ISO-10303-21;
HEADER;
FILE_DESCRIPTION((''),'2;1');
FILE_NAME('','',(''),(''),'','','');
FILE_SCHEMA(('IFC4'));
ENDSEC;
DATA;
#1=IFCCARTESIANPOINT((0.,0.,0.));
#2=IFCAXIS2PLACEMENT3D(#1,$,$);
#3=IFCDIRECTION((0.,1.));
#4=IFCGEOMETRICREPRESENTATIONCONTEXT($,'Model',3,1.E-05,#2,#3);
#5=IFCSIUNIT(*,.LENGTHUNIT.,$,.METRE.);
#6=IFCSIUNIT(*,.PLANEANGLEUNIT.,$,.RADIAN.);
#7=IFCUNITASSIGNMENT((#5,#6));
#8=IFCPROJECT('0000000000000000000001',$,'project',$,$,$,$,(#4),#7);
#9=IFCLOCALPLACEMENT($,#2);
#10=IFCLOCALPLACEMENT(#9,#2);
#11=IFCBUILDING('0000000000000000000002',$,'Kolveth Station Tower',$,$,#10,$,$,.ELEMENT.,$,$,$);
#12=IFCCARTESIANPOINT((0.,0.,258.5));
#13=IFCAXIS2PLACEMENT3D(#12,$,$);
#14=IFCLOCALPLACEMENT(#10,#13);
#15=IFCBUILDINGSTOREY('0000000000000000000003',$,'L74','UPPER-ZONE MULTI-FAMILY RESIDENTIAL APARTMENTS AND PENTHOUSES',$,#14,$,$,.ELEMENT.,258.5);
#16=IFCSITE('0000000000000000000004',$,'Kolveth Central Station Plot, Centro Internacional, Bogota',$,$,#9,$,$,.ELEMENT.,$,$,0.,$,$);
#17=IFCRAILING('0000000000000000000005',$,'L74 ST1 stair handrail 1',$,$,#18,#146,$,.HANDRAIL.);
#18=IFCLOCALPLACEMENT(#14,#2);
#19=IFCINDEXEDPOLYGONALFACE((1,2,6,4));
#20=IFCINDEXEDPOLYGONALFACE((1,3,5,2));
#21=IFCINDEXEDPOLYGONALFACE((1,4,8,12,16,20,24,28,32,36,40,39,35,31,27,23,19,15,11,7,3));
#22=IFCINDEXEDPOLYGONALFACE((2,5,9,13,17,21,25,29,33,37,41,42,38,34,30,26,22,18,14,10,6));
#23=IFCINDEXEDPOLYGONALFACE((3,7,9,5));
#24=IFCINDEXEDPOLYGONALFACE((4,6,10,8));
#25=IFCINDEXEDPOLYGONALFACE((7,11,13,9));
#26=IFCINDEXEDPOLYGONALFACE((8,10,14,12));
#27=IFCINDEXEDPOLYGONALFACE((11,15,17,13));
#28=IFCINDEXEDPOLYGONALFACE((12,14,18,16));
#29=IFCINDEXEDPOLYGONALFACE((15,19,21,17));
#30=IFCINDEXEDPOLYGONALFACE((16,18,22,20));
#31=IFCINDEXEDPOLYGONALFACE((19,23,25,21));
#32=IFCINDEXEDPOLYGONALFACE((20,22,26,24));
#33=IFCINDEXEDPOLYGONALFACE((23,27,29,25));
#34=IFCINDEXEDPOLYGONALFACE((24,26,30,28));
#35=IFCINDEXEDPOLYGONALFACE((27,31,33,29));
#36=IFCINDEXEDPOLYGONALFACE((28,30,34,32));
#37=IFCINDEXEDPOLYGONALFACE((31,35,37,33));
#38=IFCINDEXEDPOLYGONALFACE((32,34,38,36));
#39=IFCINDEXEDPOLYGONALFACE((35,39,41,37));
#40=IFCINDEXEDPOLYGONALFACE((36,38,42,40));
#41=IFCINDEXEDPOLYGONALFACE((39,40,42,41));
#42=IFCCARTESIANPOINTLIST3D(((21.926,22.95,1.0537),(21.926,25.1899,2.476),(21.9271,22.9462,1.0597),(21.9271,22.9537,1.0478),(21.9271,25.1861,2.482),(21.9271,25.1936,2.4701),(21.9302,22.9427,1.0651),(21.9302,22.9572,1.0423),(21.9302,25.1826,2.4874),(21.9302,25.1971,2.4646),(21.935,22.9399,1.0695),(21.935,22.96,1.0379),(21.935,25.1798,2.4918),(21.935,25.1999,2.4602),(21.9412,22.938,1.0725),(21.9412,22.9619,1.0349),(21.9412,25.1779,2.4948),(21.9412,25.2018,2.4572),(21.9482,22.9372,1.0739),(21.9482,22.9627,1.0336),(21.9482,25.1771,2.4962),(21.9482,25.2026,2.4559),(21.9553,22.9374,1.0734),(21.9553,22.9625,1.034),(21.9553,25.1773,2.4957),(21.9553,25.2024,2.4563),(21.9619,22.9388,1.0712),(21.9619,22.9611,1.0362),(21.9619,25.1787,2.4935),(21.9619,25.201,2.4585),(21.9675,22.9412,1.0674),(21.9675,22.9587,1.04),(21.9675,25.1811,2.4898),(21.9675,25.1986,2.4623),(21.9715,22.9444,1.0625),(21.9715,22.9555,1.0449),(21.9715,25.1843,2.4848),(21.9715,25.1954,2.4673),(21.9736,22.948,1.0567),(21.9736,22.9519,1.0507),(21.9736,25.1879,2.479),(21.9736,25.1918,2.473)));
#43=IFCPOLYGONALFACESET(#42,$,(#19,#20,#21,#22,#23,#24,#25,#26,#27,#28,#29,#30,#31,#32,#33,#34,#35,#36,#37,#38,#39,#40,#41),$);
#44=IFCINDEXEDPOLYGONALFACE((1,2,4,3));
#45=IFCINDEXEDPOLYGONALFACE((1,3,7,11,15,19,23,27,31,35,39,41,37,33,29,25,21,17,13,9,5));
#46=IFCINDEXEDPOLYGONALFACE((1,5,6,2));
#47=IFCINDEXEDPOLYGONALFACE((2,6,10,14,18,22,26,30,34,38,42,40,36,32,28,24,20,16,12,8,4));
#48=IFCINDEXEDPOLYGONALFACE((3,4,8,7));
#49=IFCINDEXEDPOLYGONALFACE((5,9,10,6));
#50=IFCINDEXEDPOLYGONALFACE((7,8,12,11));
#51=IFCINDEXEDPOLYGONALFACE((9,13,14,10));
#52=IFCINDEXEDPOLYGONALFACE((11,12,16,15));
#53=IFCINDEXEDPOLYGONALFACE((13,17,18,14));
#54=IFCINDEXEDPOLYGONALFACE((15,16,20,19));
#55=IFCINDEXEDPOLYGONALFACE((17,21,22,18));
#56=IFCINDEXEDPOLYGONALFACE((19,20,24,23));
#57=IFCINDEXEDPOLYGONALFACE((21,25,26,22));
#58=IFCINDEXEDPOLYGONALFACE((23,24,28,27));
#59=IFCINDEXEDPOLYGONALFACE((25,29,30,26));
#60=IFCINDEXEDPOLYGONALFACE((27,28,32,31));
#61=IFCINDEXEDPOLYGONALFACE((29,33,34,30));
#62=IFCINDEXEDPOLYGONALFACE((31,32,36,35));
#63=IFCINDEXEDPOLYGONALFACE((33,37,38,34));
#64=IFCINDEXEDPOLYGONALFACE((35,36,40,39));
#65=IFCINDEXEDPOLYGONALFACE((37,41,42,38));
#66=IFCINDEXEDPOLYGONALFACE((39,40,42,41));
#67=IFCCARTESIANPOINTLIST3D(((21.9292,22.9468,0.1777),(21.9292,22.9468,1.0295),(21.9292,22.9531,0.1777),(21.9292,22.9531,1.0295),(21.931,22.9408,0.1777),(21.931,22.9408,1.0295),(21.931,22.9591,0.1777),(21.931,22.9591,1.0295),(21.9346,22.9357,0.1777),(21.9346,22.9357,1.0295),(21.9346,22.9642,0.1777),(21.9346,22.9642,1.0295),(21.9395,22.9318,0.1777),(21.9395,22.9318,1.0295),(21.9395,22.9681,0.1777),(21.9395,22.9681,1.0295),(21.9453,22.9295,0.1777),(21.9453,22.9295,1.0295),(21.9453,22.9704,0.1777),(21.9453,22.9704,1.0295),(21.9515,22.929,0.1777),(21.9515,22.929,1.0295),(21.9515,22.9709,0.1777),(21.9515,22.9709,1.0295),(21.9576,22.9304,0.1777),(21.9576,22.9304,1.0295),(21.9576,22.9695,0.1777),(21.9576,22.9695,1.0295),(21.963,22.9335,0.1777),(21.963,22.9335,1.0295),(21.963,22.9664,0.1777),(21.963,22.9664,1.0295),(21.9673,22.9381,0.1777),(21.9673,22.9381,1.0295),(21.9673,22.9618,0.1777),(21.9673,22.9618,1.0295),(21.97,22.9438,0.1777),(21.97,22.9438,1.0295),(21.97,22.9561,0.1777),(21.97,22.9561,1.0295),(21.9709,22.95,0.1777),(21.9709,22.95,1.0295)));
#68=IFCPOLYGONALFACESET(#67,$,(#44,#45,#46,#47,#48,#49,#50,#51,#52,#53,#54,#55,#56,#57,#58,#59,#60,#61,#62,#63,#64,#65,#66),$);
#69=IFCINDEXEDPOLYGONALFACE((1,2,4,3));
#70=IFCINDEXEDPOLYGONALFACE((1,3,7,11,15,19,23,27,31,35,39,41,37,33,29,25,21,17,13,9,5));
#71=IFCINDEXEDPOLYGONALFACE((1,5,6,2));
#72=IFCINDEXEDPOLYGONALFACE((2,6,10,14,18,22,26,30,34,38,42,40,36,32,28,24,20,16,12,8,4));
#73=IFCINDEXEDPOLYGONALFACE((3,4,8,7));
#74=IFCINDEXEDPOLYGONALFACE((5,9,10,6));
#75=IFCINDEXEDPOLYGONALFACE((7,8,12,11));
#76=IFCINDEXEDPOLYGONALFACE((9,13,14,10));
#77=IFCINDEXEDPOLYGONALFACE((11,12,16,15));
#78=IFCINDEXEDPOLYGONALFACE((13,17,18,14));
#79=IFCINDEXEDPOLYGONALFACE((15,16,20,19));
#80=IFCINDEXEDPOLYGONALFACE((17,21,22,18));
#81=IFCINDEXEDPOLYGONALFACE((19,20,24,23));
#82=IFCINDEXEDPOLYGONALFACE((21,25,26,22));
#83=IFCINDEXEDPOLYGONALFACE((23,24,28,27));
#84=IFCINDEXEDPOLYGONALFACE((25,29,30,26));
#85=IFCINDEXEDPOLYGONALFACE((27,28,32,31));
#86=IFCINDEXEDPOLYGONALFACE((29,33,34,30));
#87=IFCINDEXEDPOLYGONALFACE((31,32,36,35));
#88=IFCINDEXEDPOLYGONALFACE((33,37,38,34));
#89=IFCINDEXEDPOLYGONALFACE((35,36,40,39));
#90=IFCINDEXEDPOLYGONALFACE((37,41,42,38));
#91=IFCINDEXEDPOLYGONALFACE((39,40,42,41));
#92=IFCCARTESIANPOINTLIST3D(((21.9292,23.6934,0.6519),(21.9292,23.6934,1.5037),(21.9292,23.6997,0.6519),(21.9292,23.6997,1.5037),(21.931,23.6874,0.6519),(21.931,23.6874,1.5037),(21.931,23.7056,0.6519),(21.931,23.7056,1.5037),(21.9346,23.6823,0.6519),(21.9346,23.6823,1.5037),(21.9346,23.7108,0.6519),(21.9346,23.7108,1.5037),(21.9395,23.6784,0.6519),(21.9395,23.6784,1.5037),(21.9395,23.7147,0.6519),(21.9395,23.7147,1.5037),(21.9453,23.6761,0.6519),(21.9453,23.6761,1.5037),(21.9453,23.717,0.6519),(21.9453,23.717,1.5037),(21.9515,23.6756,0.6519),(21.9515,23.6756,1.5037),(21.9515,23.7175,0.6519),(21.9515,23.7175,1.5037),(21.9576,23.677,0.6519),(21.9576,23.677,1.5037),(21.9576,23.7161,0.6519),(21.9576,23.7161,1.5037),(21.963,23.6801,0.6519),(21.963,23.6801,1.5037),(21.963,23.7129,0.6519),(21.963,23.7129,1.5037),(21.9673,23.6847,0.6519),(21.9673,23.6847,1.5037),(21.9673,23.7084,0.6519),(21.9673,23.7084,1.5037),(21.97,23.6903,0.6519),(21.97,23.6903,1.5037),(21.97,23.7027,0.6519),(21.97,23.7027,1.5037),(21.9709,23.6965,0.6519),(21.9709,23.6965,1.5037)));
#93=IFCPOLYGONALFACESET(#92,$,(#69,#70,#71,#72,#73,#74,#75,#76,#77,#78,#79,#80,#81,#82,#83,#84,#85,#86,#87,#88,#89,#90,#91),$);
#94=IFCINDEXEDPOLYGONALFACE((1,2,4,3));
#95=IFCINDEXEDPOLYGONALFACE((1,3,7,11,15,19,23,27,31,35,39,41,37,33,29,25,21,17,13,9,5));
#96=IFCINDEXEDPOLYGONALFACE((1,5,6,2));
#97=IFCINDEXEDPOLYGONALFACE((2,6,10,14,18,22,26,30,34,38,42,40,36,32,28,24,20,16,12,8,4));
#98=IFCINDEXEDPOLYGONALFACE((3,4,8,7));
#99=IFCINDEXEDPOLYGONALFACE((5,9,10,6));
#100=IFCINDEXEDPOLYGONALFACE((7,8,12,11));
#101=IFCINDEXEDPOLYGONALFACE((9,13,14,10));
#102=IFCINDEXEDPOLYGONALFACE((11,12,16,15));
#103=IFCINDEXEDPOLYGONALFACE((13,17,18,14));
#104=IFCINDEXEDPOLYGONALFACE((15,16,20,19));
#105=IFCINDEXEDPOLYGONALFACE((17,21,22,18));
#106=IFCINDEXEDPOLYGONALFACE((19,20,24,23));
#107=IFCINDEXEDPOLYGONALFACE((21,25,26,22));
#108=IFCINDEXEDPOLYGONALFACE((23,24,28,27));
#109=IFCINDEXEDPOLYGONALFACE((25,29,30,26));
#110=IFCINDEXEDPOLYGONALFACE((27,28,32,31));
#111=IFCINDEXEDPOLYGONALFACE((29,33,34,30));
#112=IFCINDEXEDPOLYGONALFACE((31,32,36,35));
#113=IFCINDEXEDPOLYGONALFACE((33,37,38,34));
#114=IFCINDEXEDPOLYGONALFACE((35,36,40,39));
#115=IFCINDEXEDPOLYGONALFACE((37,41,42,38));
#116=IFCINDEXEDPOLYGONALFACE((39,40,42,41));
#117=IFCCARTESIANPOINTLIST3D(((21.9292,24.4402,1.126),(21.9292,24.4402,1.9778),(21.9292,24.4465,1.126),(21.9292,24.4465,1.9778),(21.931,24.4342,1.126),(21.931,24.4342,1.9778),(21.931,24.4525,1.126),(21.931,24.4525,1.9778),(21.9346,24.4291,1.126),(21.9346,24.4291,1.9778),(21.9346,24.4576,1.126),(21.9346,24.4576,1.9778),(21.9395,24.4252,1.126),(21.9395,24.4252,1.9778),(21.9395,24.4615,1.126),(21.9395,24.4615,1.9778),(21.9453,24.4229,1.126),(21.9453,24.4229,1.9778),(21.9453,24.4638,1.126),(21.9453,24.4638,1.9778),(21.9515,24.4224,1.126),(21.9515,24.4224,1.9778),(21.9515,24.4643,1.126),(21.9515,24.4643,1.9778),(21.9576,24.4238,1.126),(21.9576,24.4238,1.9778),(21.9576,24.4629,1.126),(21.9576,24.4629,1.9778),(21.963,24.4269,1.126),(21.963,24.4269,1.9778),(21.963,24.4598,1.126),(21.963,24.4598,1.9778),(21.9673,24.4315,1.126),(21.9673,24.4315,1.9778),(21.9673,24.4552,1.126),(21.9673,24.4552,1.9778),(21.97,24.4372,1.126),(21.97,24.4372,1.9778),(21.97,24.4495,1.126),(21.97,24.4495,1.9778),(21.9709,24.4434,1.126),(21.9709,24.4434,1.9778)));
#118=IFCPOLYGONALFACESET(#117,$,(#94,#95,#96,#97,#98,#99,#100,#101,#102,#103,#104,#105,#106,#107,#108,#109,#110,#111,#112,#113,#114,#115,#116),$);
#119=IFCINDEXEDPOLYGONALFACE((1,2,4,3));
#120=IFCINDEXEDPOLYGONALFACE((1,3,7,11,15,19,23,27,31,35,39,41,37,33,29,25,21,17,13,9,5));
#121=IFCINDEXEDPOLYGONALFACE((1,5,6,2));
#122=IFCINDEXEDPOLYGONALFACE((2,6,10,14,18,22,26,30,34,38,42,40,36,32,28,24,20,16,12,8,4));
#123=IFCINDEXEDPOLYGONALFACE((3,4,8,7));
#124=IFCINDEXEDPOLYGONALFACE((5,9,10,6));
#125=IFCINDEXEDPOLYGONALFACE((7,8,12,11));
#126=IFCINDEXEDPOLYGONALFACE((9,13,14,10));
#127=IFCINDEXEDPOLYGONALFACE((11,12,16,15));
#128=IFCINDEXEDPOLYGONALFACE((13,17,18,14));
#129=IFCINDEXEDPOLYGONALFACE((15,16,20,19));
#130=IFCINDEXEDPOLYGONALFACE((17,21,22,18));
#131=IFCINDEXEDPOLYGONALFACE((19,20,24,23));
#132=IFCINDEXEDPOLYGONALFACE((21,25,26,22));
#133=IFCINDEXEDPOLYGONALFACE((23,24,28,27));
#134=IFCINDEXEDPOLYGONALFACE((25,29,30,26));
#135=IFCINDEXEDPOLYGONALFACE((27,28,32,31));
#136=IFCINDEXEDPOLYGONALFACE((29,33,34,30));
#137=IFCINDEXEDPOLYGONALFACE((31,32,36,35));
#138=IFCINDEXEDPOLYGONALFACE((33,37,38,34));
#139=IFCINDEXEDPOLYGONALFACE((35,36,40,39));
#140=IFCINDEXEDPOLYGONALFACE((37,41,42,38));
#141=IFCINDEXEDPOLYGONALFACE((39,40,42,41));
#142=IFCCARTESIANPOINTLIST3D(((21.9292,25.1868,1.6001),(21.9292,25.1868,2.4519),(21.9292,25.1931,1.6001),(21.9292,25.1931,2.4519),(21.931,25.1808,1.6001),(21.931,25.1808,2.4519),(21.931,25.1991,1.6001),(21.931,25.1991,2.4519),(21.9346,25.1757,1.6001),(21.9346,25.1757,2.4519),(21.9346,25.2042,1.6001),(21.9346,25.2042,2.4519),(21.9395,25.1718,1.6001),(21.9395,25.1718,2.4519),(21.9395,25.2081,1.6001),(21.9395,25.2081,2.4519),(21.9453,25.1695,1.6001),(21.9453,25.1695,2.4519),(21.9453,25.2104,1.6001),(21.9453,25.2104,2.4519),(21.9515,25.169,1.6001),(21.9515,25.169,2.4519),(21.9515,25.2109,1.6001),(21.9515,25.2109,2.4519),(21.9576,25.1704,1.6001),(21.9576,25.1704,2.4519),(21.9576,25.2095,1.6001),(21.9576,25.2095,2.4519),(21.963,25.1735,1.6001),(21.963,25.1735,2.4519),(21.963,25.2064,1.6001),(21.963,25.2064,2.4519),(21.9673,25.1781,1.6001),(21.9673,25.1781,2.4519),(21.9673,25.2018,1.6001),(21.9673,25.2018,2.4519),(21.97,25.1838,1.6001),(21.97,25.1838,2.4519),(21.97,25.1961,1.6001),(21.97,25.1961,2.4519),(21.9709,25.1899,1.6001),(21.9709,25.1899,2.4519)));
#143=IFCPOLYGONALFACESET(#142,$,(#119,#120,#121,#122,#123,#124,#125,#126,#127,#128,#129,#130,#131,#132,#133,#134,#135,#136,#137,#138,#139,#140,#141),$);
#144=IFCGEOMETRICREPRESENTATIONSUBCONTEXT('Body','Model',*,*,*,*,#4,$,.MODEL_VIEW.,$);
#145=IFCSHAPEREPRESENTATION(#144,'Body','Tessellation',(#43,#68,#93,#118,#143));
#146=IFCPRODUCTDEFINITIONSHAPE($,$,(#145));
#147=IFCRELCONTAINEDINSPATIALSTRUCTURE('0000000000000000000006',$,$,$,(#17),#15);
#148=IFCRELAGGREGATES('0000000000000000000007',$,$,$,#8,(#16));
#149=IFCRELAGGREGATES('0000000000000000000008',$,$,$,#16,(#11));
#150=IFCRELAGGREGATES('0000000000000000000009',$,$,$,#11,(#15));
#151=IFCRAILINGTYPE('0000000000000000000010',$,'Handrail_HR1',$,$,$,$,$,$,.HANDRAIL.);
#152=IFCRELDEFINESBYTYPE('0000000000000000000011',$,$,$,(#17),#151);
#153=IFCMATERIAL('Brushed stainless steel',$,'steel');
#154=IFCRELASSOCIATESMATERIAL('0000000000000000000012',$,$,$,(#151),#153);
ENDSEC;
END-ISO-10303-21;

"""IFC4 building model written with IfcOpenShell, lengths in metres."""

from ifc_helpers import new_model, si_unit, direction, frame, origin, origin_2d, place, context, subcontext, project, spatial, circle, extrude, material, type_object, element, save


model = new_model("IFC4")

# Units and contexts
model_context = context("Model", 3, precision=1e-05, world=origin(), true_north=direction((0.0, 1.0)))
body_context = subcontext(model_context, "Body", "Model", "MODEL_VIEW")
ifc_project = project(units=[si_unit("LENGTHUNIT", "METRE"), si_unit("PLANEANGLEUNIT", "RADIAN")], contexts=[model_context])

# Site, building, storey
site_placement = place(None, origin())
site = spatial("IfcSite", under=ifc_project, at=site_placement, Name="Kolveth Central Station Plot, Centro Internacional, Bogota", CompositionType="ELEMENT", RefElevation=0.0)
building_placement = place(site_placement, origin())
building = spatial("IfcBuilding", under=site, at=building_placement, Name="Kolveth Station Tower", CompositionType="ELEMENT")
storey_placement = place(building_placement, frame((0.0, 0.0, 258.5)))
storey = spatial("IfcBuildingStorey", under=building, at=storey_placement, Name="L74", Description="UPPER-ZONE MULTI-FAMILY RESIDENTIAL APARTMENTS AND PENTHOUSES", CompositionType="ELEMENT", Elevation=258.5)

# Railing
ifc_material_1 = material(Name="Brushed stainless steel", Category="steel")
railing_type_1 = type_object("IfcRailingType", Name="Handrail_HR1", PredefinedType="HANDRAIL", material=ifc_material_1)
for number, where, name in (
    (1, (21.95, 22.95, 0.1777), "L74 ST1 stair handrail 1"),
):
    element("IfcRailing", number, at=place(storey_placement, frame(where)), inside=storey, type_object=railing_type_1, Name=name, PredefinedType="HANDRAIL", context=body_context, shape_type="SweptSolid", body=[
        extrude(circle(Radius=0.0239, at=origin_2d()), frame((0.0, 0.0, 0.876), z_axis=(0.0, 0.844188, 0.536048), x_axis=(-1.0, 0.0, 0.0)), (0.0, 0.0, 1.0), 2.6533),
        extrude(circle(Radius=0.021, at=origin_2d()), origin(), (0.0, 0.0, 1.0), 0.8518),
        extrude(circle(Radius=0.021, at=origin_2d()), frame((0.0, 0.7466, 0.4741)), (0.0, 0.0, 1.0), 0.8518),
        extrude(circle(Radius=0.021, at=origin_2d()), frame((0.0, 1.4934, 0.9482)), (0.0, 0.0, 1.0), 0.8518),
        extrude(circle(Radius=0.021, at=origin_2d()), frame((0.0, 2.24, 1.4224)), (0.0, 0.0, 1.0), 0.8518),
    ])

save(model, "model.ifc")
